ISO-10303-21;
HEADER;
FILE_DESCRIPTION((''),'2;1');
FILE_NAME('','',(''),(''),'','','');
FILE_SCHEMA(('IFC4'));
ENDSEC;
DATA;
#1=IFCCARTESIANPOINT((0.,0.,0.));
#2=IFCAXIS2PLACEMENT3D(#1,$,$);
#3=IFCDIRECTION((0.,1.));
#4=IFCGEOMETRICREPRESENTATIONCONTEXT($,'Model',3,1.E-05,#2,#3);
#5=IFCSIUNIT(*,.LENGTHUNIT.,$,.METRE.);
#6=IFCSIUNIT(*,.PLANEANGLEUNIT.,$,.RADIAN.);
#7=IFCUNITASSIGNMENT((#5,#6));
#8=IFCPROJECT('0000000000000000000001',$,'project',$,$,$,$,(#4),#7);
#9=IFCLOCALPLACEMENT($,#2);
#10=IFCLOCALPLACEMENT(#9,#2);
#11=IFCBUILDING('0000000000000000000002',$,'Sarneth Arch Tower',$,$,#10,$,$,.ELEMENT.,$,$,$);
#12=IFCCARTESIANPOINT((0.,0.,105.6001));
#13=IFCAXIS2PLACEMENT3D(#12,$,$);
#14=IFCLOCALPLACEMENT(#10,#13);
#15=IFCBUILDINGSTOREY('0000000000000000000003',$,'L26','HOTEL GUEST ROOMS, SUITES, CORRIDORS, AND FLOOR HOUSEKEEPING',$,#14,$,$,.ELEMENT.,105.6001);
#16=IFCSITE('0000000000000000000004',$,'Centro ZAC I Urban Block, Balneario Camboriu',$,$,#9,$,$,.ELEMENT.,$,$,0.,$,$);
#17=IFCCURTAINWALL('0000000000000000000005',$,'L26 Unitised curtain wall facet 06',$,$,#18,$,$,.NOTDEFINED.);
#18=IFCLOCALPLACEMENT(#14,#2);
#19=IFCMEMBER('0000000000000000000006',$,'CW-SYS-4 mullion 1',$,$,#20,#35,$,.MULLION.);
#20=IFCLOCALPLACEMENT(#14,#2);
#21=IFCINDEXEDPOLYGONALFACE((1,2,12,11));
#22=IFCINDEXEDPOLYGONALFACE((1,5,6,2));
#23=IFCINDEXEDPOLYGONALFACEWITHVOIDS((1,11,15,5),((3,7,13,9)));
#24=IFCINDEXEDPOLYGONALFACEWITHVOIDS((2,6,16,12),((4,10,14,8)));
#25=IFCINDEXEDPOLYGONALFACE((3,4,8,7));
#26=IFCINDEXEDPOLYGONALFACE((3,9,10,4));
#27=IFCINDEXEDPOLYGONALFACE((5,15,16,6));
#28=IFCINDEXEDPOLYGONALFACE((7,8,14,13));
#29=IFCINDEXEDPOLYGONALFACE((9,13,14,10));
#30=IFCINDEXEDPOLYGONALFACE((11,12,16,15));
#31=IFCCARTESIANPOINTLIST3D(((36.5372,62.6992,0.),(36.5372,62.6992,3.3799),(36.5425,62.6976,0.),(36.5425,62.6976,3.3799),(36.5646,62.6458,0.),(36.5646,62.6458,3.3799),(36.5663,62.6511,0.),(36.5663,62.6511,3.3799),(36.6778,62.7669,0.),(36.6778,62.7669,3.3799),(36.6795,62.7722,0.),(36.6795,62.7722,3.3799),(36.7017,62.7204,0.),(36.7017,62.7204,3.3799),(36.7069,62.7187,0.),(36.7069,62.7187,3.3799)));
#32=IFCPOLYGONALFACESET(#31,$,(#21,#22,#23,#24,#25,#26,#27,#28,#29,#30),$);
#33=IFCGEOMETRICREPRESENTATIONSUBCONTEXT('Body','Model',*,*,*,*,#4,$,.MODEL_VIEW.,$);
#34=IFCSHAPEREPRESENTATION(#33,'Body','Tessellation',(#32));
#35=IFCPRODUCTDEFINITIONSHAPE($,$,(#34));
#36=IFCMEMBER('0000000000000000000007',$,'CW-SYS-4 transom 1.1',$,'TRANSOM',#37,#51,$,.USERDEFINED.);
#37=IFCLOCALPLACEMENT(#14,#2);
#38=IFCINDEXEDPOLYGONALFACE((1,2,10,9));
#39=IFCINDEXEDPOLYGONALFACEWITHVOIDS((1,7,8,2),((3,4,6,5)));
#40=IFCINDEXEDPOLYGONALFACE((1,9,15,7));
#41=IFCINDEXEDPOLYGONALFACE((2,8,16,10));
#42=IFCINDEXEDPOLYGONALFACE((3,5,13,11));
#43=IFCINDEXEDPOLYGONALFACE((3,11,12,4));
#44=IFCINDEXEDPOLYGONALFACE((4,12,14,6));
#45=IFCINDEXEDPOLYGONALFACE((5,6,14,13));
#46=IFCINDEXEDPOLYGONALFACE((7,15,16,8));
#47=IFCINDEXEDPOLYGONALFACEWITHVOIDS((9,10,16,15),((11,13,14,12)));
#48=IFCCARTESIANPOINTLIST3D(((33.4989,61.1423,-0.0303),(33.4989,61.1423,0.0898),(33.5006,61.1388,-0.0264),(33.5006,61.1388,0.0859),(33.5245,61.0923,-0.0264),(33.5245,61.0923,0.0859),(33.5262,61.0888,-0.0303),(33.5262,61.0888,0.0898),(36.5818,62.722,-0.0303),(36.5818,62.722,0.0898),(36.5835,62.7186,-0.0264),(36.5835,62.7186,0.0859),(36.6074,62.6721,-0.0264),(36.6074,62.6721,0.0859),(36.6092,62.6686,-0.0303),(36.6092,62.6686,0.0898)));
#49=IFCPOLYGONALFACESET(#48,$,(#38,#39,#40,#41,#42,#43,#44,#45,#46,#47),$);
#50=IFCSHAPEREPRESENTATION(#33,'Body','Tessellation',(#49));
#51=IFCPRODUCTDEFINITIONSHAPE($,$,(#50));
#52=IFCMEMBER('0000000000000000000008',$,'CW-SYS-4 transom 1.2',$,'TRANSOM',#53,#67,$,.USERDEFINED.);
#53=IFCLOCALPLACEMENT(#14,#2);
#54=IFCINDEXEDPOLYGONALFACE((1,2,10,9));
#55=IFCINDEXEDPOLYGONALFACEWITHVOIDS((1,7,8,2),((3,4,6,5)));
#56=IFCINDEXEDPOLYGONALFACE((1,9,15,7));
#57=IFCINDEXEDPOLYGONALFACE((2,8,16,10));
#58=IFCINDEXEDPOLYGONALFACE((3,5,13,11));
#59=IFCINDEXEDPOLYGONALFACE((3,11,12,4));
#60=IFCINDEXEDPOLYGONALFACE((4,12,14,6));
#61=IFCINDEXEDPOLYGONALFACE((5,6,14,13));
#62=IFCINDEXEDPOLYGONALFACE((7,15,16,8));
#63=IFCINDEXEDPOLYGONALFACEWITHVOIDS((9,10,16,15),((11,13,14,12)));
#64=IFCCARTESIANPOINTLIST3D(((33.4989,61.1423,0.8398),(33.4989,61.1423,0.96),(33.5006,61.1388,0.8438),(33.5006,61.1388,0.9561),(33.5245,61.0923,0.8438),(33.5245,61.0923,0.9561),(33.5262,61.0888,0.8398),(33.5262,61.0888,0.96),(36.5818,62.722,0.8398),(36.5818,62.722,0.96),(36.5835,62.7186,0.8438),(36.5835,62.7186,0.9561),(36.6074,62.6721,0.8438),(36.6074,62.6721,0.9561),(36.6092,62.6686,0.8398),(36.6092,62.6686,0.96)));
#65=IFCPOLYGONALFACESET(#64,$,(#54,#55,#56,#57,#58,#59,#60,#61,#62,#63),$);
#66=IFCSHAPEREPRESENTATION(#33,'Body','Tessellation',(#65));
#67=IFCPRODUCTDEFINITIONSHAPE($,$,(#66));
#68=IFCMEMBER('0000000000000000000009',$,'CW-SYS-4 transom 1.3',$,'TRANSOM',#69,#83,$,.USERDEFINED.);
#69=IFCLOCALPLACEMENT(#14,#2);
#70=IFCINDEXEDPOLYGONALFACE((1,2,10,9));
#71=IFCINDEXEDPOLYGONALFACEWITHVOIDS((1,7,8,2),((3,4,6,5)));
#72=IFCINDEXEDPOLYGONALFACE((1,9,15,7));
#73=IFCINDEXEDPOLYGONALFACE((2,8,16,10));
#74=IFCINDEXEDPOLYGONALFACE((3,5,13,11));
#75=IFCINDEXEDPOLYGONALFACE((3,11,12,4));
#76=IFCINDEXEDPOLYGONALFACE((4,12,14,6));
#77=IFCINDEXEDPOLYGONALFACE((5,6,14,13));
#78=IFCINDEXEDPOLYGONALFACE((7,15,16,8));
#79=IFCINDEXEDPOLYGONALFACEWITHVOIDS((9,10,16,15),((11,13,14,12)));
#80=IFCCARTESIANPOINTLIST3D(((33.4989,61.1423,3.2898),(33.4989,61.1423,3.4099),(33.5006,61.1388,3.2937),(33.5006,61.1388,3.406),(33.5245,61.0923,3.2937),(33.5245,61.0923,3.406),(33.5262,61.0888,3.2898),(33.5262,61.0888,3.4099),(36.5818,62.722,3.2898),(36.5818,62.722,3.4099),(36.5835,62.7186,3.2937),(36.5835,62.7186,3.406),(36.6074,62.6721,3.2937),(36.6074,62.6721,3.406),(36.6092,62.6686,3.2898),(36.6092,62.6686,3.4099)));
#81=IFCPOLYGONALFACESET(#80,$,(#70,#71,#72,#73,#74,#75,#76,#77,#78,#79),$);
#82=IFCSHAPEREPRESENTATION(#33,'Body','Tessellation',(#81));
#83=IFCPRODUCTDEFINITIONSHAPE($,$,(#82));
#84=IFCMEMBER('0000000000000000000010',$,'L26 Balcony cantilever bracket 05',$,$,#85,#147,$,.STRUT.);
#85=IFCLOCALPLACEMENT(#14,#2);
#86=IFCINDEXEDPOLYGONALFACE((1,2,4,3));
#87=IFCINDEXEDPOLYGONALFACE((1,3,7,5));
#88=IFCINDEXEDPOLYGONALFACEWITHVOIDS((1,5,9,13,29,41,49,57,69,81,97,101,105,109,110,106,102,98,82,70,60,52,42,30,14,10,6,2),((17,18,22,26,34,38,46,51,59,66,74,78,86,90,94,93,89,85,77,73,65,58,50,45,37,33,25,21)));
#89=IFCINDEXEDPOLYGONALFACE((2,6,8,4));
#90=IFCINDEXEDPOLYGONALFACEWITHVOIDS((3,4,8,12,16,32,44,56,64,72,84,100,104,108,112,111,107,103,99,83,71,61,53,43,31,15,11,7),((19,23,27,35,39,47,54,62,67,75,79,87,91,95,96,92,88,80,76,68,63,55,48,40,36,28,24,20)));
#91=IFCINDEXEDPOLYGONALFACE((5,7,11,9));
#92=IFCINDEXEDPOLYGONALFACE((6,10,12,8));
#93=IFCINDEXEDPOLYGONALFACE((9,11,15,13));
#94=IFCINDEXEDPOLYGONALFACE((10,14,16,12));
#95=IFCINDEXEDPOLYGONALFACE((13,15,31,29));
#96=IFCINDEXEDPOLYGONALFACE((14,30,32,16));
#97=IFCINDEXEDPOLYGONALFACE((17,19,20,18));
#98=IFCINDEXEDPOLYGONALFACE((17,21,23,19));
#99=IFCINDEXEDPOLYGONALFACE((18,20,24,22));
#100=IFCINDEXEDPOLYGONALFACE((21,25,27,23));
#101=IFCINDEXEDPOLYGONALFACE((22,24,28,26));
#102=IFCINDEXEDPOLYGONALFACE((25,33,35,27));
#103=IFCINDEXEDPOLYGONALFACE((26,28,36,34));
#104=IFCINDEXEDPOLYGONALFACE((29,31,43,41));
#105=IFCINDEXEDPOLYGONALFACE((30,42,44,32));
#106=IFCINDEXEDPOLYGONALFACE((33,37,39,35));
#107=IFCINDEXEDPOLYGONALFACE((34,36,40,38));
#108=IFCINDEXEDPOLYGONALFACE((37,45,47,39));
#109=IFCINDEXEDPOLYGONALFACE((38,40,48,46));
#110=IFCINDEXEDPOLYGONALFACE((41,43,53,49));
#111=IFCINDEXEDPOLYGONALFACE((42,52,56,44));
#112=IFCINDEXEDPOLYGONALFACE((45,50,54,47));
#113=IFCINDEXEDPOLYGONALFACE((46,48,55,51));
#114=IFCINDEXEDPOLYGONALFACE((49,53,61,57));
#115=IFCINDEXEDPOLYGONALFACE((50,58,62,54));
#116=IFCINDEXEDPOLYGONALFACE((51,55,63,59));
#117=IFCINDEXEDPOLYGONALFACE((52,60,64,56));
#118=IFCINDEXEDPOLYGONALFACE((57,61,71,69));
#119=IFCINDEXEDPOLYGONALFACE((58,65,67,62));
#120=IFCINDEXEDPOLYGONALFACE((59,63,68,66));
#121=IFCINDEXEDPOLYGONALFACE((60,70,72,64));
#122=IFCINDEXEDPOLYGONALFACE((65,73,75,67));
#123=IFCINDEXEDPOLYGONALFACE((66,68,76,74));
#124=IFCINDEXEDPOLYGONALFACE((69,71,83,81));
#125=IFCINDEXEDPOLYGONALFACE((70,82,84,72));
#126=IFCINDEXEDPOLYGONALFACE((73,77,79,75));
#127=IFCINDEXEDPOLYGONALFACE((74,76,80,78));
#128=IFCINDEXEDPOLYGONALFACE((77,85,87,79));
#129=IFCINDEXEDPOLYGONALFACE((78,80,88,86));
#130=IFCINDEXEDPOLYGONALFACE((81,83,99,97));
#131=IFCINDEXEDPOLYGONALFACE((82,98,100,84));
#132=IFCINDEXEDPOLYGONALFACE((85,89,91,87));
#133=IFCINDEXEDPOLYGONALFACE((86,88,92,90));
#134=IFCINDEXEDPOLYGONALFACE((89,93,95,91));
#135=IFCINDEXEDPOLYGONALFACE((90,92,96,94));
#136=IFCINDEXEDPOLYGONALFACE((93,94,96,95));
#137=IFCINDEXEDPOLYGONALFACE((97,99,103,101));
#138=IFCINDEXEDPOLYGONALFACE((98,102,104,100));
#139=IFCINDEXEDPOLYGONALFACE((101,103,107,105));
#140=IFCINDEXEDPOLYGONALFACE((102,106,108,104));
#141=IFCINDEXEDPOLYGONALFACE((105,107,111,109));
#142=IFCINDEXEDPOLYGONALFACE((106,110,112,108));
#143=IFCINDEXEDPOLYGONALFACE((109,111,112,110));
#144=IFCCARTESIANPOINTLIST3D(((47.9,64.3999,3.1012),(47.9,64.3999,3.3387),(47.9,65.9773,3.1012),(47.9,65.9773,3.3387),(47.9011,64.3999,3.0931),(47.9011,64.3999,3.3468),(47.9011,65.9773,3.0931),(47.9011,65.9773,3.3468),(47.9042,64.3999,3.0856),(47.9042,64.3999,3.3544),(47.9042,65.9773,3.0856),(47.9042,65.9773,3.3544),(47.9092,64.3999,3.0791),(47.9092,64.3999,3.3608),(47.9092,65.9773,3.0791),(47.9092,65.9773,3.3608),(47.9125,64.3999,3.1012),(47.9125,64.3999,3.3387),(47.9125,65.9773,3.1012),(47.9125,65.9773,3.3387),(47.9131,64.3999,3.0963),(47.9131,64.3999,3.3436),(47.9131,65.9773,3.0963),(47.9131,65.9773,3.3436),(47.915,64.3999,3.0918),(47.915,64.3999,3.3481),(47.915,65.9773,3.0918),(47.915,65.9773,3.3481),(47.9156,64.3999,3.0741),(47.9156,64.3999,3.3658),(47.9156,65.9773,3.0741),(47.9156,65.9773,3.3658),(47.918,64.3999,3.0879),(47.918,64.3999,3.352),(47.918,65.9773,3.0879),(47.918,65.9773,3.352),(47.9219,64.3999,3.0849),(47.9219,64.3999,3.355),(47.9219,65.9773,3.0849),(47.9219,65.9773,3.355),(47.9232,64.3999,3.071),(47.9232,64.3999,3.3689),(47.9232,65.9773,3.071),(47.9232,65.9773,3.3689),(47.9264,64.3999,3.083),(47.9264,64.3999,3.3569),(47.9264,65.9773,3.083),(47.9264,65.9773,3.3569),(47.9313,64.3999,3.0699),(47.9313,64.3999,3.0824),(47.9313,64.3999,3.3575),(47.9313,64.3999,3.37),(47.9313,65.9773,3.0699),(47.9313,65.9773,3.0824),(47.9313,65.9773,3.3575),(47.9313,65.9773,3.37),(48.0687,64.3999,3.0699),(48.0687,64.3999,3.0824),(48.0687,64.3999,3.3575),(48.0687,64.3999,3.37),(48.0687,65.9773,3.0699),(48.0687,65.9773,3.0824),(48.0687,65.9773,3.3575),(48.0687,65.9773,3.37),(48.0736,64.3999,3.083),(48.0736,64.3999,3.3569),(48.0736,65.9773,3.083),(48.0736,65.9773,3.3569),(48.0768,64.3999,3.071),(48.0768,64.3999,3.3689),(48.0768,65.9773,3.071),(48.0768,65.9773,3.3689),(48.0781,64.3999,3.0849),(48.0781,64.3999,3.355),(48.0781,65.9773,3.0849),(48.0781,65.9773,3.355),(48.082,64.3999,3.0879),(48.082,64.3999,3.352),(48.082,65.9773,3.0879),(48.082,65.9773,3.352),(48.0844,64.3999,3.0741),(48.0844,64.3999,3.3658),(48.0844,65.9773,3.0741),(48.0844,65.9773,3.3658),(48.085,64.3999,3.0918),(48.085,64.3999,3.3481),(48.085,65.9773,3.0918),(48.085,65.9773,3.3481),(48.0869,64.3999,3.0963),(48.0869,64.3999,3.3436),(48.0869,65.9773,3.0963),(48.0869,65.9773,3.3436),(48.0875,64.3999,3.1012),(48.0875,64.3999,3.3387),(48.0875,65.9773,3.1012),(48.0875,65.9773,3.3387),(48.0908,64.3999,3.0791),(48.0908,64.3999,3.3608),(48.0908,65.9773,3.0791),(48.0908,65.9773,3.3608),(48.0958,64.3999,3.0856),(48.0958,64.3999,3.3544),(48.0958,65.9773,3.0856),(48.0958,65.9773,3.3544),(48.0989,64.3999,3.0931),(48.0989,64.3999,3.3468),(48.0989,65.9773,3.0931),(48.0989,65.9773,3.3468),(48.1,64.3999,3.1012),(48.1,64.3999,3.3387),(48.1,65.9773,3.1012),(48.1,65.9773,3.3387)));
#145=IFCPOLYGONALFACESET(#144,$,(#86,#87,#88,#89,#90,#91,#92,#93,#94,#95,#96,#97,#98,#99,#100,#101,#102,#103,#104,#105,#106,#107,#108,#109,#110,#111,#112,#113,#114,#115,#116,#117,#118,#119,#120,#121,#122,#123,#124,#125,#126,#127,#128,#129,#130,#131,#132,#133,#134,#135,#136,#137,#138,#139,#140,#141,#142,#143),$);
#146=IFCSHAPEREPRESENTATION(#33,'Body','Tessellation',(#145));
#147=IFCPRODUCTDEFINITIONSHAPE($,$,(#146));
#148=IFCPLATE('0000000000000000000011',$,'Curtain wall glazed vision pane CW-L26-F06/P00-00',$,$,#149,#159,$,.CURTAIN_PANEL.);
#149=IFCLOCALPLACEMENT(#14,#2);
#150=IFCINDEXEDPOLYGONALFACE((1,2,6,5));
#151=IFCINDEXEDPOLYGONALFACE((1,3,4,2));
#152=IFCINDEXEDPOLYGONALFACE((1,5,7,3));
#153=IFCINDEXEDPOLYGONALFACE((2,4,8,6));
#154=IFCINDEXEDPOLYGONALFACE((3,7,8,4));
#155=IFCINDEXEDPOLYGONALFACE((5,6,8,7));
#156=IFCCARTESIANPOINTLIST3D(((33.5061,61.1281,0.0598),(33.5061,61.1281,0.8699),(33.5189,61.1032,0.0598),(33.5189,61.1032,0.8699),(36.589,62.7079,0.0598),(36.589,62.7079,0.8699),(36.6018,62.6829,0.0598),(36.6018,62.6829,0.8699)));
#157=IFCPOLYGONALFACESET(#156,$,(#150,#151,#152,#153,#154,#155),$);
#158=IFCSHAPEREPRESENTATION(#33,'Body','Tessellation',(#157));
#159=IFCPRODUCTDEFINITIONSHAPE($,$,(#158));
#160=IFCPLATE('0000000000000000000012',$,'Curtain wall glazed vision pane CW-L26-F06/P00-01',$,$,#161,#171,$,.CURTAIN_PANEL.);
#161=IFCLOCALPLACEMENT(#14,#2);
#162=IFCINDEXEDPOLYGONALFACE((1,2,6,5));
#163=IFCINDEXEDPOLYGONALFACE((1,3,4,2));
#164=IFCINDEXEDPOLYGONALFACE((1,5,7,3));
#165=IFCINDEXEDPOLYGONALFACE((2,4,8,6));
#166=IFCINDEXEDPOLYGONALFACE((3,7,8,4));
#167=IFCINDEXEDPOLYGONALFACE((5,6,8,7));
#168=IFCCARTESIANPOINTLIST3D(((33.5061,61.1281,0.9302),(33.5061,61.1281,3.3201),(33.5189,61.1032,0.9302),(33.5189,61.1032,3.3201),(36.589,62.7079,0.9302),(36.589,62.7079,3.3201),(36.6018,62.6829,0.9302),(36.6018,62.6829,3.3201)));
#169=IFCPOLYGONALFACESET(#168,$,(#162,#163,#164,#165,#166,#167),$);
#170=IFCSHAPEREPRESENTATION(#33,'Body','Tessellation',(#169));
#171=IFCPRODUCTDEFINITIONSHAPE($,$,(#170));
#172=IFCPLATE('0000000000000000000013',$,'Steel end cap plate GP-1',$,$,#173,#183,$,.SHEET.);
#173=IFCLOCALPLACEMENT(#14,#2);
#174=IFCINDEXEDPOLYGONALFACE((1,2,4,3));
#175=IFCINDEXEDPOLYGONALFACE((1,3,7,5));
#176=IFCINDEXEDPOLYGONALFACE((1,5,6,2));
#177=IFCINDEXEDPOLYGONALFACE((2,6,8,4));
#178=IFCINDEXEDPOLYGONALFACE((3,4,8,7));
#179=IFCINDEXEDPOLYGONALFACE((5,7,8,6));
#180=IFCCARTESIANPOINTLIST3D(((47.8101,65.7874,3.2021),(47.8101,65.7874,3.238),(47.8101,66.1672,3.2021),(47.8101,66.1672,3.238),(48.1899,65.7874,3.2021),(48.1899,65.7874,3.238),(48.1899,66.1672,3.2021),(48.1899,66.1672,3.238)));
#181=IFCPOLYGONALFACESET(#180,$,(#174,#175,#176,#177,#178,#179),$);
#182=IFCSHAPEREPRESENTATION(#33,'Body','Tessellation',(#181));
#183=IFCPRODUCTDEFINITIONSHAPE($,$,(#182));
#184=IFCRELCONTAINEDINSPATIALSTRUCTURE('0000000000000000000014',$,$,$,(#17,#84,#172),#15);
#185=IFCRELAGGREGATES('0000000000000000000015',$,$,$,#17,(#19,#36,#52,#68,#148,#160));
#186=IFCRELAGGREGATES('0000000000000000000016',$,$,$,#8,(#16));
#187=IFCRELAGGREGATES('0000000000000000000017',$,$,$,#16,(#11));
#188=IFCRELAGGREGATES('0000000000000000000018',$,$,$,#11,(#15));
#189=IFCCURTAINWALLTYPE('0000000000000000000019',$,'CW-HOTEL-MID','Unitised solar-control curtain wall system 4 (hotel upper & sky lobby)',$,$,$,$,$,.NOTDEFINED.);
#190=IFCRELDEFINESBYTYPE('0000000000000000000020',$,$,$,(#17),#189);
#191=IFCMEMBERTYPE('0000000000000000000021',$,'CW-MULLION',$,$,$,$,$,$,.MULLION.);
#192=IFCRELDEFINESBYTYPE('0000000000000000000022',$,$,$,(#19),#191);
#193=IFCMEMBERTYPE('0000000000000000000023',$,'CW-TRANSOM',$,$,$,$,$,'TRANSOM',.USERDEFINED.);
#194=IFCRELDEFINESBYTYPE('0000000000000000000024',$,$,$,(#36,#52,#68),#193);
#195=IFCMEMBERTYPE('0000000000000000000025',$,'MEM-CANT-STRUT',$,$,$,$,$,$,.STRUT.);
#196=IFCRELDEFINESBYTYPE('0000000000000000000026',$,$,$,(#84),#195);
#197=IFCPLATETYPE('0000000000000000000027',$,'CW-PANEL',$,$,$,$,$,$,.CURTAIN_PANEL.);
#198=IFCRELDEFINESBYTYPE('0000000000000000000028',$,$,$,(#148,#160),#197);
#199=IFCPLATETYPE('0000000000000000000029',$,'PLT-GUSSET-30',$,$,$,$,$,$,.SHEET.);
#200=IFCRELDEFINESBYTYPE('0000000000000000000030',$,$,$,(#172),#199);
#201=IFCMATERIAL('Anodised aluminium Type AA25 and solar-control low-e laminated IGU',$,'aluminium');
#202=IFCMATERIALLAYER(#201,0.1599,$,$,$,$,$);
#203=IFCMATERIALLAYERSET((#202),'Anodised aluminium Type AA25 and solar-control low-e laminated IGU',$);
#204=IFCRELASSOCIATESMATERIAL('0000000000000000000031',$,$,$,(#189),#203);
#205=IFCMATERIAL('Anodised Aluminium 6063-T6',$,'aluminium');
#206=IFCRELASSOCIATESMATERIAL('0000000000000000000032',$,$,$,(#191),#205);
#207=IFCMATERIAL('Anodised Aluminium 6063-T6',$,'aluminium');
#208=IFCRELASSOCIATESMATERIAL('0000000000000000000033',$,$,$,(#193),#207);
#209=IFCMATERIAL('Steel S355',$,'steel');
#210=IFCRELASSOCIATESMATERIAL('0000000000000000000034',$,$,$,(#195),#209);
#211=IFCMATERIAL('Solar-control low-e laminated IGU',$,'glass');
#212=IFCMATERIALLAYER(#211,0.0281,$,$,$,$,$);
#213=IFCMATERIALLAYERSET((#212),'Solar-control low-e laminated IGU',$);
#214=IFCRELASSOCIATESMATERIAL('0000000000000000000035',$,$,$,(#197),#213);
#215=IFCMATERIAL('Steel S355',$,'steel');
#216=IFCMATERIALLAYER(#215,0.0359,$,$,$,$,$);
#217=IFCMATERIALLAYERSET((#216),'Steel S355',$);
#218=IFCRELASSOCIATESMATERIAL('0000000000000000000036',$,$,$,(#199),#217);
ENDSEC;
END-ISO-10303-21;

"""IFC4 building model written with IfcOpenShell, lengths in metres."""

from ifc_helpers import new_model, si_unit, direction, frame, origin, origin_2d, place, context, subcontext, project, spatial, rectangle, hollow_rectangle, extrude, material, layer, layer_set, material_profile, profile_set, type_object, element, aggregate, save


model = new_model("IFC4")

# Units and contexts
model_context = context("Model", 3, precision=1e-05, world=origin(), true_north=direction((0.0, 1.0)))
body_context = subcontext(model_context, "Body", "Model", "MODEL_VIEW")
ifc_project = project(units=[si_unit("LENGTHUNIT", "METRE"), si_unit("PLANEANGLEUNIT", "RADIAN")], contexts=[model_context])

# Site, building, storey
site_placement = place(None, origin())
site = spatial("IfcSite", under=ifc_project, at=site_placement, Name="Centro ZAC I Urban Block, Balneario Camboriu", CompositionType="ELEMENT", RefElevation=0.0)
building_placement = place(site_placement, origin())
building = spatial("IfcBuilding", under=site, at=building_placement, Name="Sarneth Arch Tower", CompositionType="ELEMENT")
storey_placement = place(building_placement, frame((0.0, 0.0, 105.6001)))
storey = spatial("IfcBuildingStorey", under=building, at=storey_placement, Name="L26", Description="HOTEL GUEST ROOMS, SUITES, CORRIDORS, AND FLOOR HOUSEKEEPING", CompositionType="ELEMENT", Elevation=105.6001)

# Curtain wall, members
ifc_material_1 = material(Name="Anodised aluminium Type AA25 and solar-control low-e laminated IGU", Category="aluminium")
ifc_layer_1 = layer(ifc_material_1, 0.1599)
ifc_layer_set_1 = layer_set([ifc_layer_1], Name="Anodised aluminium Type AA25 and solar-control low-e laminated IGU")
curtain_wall_type = type_object("IfcCurtainWallType", Name="CW-HOTEL-MID", Description="Unitised solar-control curtain wall system 4 (hotel upper & sky lobby)", PredefinedType="NOTDEFINED", material=ifc_layer_set_1)
curtain_wall_placement = place(storey_placement, origin())
curtain_wall = element("IfcCurtainWall", 1, at=curtain_wall_placement, inside=storey, type_object=curtain_wall_type, Name="L26 Unitised curtain wall facet 06", PredefinedType="NOTDEFINED")
ifc_material_2 = material(Name="Anodised Aluminium 6063-T6", Category="aluminium")
ifc_material_profile_1 = material_profile(ifc_material_2, hollow_rectangle(XDim=0.0601, YDim=0.1599, WallThickness=0.0039, at=origin_2d()), Name="AL-MULL-160x60x4")
ifc_profile_set_1 = profile_set([ifc_material_profile_1], Name="Anodised Aluminium 6063-T6")
member_type_1 = type_object("IfcMemberType", Name="CW-MULLION", PredefinedType="MULLION", material=ifc_profile_set_1)
member_1_placement = place(storey_placement, frame((36.6221, 62.709, 0.0), z_axis=(0.0, 0.0, 1.0), x_axis=(0.456031, -0.889964, 0.0)))
member_1 = element("IfcMember", 2, at=member_1_placement, type_object=member_type_1, Name="CW-SYS-4 mullion 1", PredefinedType="MULLION", context=body_context, shape_type="SweptSolid", body=[
    extrude(hollow_rectangle(XDim=0.0601, YDim=0.1599, WallThickness=0.0039, at=origin_2d()), origin(), (0.0, 0.0, 1.0), 3.3799),
])
ifc_material_3 = material(Name="Anodised Aluminium 6063-T6", Category="aluminium")
ifc_material_profile_2 = material_profile(ifc_material_3, hollow_rectangle(XDim=0.0601, YDim=0.1201, WallThickness=0.0039, at=origin_2d()), Name="AL-TRAN-120x60x4")
ifc_profile_set_2 = profile_set([ifc_material_profile_2], Name="Anodised Aluminium 6063-T6")
member_type_2 = type_object("IfcMemberType", Name="CW-TRANSOM", ElementType="TRANSOM", PredefinedType="USERDEFINED", material=ifc_profile_set_2)
member_2_placement = place(storey_placement, frame((36.5955, 62.6953, 0.0298), z_axis=(-0.889958, -0.456043, 0.0), x_axis=(0.456043, -0.889958, 0.0)))
member_2 = element("IfcMember", 3, at=member_2_placement, type_object=member_type_2, Name="CW-SYS-4 transom 1.1", ObjectType="TRANSOM", PredefinedType="USERDEFINED", context=body_context, shape_type="SweptSolid", body=[
    extrude(hollow_rectangle(XDim=0.0601, YDim=0.1201, WallThickness=0.0039, at=origin_2d()), origin(), (0.0, 0.0, 1.0), 3.4641),
])
member_3_placement = place(storey_placement, frame((36.5955, 62.6953, 0.8999), z_axis=(-0.889958, -0.456043, 0.0), x_axis=(0.456043, -0.889958, 0.0)))
member_3 = element("IfcMember", 4, at=member_3_placement, type_object=member_type_2, Name="CW-SYS-4 transom 1.2", ObjectType="TRANSOM", PredefinedType="USERDEFINED", context=body_context, shape_type="SweptSolid", body=[
    extrude(hollow_rectangle(XDim=0.0601, YDim=0.1201, WallThickness=0.0039, at=origin_2d()), origin(), (0.0, 0.0, 1.0), 3.4641),
])
member_4_placement = place(storey_placement, frame((36.5955, 62.6953, 3.3499), z_axis=(-0.889958, -0.456043, 0.0), x_axis=(0.456043, -0.889958, 0.0)))
member_4 = element("IfcMember", 5, at=member_4_placement, type_object=member_type_2, Name="CW-SYS-4 transom 1.3", ObjectType="TRANSOM", PredefinedType="USERDEFINED", context=body_context, shape_type="SweptSolid", body=[
    extrude(hollow_rectangle(XDim=0.0601, YDim=0.1201, WallThickness=0.0039, at=origin_2d()), origin(), (0.0, 0.0, 1.0), 3.4641),
])

# Member
ifc_material_4 = material(Name="Steel S355", Category="steel")
ifc_material_profile_3 = material_profile(ifc_material_4, hollow_rectangle(XDim=0.2, YDim=0.3, WallThickness=0.0125, InnerFilletRadius=0.0188, OuterFilletRadius=0.0312, at=origin_2d()), Name="RHS300x200x12.5")
ifc_profile_set_3 = profile_set([ifc_material_profile_3], Name="Steel S355")
member_type_3 = type_object("IfcMemberType", Name="MEM-CANT-STRUT", PredefinedType="STRUT", material=ifc_profile_set_3)
member_5_placement = place(storey_placement, frame((48.0, 64.3999, 3.22), z_axis=(0.0, 1.0, 0.0), x_axis=(-1.0, 0.0, 0.0)))
element("IfcMember", 6, at=member_5_placement, inside=storey, type_object=member_type_3, Name="L26 Balcony cantilever bracket 05", PredefinedType="STRUT", context=body_context, shape_type="SweptSolid", body=[
    extrude(hollow_rectangle(XDim=0.2, YDim=0.3, WallThickness=0.0125, InnerFilletRadius=0.0188, OuterFilletRadius=0.0312, at=origin_2d()), origin(), (0.0, 0.0, 1.0), 1.5774),
])

# Plates
ifc_material_5 = material(Name="Solar-control low-e laminated IGU", Category="glass")
ifc_layer_2 = layer(ifc_material_5, 0.0281)
ifc_layer_set_2 = layer_set([ifc_layer_2], Name="Solar-control low-e laminated IGU")
plate_type_1 = type_object("IfcPlateType", Name="CW-PANEL", PredefinedType="CURTAIN_PANEL", material=ifc_layer_set_2)
plate_1_placement = place(storey_placement, frame((35.054, 61.9055, 0.0598), z_axis=(0.0, 0.0, 1.0), x_axis=(-0.889964, -0.456031, 0.0)))
plate_1 = element("IfcPlate", 7, at=plate_1_placement, type_object=plate_type_1, Name="Curtain wall glazed vision pane CW-L26-F06/P00-00", PredefinedType="CURTAIN_PANEL", context=body_context, shape_type="SweptSolid", body=[
    extrude(rectangle(XDim=3.4641, YDim=0.0281, at=origin_2d()), origin(), (0.0, 0.0, 1.0), 0.8101),
])
plate_2_placement = place(storey_placement, frame((35.054, 61.9055, 0.9302), z_axis=(0.0, 0.0, 1.0), x_axis=(-0.889964, -0.456031, 0.0)))
plate_2 = element("IfcPlate", 8, at=plate_2_placement, type_object=plate_type_1, Name="Curtain wall glazed vision pane CW-L26-F06/P00-01", PredefinedType="CURTAIN_PANEL", context=body_context, shape_type="SweptSolid", body=[
    extrude(rectangle(XDim=3.4641, YDim=0.0281, at=origin_2d()), origin(), (0.0, 0.0, 1.0), 2.3899),
])
aggregate(curtain_wall, [member_1, member_2, member_3, member_4, plate_1, plate_2])
ifc_material_6 = material(Name="Steel S355", Category="steel")
ifc_layer_3 = layer(ifc_material_6, 0.0359)
ifc_layer_set_3 = layer_set([ifc_layer_3], Name="Steel S355")
plate_type_2 = type_object("IfcPlateType", Name="PLT-GUSSET-30", PredefinedType="SHEET", material=ifc_layer_set_3)
plate_3_placement = place(storey_placement, frame((48.0, 65.9773, 3.2021), z_axis=(0.0, 0.0, 1.0), x_axis=(0.0, 1.0, 0.0)))
element("IfcPlate", 9, at=plate_3_placement, inside=storey, type_object=plate_type_2, Name="Steel end cap plate GP-1", PredefinedType="SHEET", context=body_context, shape_type="SweptSolid", body=[
    extrude(rectangle(XDim=0.3799, YDim=0.3799, at=origin_2d()), origin(), (0.0, 0.0, 1.0), 0.0359),
])

save(model, "model.ifc")
